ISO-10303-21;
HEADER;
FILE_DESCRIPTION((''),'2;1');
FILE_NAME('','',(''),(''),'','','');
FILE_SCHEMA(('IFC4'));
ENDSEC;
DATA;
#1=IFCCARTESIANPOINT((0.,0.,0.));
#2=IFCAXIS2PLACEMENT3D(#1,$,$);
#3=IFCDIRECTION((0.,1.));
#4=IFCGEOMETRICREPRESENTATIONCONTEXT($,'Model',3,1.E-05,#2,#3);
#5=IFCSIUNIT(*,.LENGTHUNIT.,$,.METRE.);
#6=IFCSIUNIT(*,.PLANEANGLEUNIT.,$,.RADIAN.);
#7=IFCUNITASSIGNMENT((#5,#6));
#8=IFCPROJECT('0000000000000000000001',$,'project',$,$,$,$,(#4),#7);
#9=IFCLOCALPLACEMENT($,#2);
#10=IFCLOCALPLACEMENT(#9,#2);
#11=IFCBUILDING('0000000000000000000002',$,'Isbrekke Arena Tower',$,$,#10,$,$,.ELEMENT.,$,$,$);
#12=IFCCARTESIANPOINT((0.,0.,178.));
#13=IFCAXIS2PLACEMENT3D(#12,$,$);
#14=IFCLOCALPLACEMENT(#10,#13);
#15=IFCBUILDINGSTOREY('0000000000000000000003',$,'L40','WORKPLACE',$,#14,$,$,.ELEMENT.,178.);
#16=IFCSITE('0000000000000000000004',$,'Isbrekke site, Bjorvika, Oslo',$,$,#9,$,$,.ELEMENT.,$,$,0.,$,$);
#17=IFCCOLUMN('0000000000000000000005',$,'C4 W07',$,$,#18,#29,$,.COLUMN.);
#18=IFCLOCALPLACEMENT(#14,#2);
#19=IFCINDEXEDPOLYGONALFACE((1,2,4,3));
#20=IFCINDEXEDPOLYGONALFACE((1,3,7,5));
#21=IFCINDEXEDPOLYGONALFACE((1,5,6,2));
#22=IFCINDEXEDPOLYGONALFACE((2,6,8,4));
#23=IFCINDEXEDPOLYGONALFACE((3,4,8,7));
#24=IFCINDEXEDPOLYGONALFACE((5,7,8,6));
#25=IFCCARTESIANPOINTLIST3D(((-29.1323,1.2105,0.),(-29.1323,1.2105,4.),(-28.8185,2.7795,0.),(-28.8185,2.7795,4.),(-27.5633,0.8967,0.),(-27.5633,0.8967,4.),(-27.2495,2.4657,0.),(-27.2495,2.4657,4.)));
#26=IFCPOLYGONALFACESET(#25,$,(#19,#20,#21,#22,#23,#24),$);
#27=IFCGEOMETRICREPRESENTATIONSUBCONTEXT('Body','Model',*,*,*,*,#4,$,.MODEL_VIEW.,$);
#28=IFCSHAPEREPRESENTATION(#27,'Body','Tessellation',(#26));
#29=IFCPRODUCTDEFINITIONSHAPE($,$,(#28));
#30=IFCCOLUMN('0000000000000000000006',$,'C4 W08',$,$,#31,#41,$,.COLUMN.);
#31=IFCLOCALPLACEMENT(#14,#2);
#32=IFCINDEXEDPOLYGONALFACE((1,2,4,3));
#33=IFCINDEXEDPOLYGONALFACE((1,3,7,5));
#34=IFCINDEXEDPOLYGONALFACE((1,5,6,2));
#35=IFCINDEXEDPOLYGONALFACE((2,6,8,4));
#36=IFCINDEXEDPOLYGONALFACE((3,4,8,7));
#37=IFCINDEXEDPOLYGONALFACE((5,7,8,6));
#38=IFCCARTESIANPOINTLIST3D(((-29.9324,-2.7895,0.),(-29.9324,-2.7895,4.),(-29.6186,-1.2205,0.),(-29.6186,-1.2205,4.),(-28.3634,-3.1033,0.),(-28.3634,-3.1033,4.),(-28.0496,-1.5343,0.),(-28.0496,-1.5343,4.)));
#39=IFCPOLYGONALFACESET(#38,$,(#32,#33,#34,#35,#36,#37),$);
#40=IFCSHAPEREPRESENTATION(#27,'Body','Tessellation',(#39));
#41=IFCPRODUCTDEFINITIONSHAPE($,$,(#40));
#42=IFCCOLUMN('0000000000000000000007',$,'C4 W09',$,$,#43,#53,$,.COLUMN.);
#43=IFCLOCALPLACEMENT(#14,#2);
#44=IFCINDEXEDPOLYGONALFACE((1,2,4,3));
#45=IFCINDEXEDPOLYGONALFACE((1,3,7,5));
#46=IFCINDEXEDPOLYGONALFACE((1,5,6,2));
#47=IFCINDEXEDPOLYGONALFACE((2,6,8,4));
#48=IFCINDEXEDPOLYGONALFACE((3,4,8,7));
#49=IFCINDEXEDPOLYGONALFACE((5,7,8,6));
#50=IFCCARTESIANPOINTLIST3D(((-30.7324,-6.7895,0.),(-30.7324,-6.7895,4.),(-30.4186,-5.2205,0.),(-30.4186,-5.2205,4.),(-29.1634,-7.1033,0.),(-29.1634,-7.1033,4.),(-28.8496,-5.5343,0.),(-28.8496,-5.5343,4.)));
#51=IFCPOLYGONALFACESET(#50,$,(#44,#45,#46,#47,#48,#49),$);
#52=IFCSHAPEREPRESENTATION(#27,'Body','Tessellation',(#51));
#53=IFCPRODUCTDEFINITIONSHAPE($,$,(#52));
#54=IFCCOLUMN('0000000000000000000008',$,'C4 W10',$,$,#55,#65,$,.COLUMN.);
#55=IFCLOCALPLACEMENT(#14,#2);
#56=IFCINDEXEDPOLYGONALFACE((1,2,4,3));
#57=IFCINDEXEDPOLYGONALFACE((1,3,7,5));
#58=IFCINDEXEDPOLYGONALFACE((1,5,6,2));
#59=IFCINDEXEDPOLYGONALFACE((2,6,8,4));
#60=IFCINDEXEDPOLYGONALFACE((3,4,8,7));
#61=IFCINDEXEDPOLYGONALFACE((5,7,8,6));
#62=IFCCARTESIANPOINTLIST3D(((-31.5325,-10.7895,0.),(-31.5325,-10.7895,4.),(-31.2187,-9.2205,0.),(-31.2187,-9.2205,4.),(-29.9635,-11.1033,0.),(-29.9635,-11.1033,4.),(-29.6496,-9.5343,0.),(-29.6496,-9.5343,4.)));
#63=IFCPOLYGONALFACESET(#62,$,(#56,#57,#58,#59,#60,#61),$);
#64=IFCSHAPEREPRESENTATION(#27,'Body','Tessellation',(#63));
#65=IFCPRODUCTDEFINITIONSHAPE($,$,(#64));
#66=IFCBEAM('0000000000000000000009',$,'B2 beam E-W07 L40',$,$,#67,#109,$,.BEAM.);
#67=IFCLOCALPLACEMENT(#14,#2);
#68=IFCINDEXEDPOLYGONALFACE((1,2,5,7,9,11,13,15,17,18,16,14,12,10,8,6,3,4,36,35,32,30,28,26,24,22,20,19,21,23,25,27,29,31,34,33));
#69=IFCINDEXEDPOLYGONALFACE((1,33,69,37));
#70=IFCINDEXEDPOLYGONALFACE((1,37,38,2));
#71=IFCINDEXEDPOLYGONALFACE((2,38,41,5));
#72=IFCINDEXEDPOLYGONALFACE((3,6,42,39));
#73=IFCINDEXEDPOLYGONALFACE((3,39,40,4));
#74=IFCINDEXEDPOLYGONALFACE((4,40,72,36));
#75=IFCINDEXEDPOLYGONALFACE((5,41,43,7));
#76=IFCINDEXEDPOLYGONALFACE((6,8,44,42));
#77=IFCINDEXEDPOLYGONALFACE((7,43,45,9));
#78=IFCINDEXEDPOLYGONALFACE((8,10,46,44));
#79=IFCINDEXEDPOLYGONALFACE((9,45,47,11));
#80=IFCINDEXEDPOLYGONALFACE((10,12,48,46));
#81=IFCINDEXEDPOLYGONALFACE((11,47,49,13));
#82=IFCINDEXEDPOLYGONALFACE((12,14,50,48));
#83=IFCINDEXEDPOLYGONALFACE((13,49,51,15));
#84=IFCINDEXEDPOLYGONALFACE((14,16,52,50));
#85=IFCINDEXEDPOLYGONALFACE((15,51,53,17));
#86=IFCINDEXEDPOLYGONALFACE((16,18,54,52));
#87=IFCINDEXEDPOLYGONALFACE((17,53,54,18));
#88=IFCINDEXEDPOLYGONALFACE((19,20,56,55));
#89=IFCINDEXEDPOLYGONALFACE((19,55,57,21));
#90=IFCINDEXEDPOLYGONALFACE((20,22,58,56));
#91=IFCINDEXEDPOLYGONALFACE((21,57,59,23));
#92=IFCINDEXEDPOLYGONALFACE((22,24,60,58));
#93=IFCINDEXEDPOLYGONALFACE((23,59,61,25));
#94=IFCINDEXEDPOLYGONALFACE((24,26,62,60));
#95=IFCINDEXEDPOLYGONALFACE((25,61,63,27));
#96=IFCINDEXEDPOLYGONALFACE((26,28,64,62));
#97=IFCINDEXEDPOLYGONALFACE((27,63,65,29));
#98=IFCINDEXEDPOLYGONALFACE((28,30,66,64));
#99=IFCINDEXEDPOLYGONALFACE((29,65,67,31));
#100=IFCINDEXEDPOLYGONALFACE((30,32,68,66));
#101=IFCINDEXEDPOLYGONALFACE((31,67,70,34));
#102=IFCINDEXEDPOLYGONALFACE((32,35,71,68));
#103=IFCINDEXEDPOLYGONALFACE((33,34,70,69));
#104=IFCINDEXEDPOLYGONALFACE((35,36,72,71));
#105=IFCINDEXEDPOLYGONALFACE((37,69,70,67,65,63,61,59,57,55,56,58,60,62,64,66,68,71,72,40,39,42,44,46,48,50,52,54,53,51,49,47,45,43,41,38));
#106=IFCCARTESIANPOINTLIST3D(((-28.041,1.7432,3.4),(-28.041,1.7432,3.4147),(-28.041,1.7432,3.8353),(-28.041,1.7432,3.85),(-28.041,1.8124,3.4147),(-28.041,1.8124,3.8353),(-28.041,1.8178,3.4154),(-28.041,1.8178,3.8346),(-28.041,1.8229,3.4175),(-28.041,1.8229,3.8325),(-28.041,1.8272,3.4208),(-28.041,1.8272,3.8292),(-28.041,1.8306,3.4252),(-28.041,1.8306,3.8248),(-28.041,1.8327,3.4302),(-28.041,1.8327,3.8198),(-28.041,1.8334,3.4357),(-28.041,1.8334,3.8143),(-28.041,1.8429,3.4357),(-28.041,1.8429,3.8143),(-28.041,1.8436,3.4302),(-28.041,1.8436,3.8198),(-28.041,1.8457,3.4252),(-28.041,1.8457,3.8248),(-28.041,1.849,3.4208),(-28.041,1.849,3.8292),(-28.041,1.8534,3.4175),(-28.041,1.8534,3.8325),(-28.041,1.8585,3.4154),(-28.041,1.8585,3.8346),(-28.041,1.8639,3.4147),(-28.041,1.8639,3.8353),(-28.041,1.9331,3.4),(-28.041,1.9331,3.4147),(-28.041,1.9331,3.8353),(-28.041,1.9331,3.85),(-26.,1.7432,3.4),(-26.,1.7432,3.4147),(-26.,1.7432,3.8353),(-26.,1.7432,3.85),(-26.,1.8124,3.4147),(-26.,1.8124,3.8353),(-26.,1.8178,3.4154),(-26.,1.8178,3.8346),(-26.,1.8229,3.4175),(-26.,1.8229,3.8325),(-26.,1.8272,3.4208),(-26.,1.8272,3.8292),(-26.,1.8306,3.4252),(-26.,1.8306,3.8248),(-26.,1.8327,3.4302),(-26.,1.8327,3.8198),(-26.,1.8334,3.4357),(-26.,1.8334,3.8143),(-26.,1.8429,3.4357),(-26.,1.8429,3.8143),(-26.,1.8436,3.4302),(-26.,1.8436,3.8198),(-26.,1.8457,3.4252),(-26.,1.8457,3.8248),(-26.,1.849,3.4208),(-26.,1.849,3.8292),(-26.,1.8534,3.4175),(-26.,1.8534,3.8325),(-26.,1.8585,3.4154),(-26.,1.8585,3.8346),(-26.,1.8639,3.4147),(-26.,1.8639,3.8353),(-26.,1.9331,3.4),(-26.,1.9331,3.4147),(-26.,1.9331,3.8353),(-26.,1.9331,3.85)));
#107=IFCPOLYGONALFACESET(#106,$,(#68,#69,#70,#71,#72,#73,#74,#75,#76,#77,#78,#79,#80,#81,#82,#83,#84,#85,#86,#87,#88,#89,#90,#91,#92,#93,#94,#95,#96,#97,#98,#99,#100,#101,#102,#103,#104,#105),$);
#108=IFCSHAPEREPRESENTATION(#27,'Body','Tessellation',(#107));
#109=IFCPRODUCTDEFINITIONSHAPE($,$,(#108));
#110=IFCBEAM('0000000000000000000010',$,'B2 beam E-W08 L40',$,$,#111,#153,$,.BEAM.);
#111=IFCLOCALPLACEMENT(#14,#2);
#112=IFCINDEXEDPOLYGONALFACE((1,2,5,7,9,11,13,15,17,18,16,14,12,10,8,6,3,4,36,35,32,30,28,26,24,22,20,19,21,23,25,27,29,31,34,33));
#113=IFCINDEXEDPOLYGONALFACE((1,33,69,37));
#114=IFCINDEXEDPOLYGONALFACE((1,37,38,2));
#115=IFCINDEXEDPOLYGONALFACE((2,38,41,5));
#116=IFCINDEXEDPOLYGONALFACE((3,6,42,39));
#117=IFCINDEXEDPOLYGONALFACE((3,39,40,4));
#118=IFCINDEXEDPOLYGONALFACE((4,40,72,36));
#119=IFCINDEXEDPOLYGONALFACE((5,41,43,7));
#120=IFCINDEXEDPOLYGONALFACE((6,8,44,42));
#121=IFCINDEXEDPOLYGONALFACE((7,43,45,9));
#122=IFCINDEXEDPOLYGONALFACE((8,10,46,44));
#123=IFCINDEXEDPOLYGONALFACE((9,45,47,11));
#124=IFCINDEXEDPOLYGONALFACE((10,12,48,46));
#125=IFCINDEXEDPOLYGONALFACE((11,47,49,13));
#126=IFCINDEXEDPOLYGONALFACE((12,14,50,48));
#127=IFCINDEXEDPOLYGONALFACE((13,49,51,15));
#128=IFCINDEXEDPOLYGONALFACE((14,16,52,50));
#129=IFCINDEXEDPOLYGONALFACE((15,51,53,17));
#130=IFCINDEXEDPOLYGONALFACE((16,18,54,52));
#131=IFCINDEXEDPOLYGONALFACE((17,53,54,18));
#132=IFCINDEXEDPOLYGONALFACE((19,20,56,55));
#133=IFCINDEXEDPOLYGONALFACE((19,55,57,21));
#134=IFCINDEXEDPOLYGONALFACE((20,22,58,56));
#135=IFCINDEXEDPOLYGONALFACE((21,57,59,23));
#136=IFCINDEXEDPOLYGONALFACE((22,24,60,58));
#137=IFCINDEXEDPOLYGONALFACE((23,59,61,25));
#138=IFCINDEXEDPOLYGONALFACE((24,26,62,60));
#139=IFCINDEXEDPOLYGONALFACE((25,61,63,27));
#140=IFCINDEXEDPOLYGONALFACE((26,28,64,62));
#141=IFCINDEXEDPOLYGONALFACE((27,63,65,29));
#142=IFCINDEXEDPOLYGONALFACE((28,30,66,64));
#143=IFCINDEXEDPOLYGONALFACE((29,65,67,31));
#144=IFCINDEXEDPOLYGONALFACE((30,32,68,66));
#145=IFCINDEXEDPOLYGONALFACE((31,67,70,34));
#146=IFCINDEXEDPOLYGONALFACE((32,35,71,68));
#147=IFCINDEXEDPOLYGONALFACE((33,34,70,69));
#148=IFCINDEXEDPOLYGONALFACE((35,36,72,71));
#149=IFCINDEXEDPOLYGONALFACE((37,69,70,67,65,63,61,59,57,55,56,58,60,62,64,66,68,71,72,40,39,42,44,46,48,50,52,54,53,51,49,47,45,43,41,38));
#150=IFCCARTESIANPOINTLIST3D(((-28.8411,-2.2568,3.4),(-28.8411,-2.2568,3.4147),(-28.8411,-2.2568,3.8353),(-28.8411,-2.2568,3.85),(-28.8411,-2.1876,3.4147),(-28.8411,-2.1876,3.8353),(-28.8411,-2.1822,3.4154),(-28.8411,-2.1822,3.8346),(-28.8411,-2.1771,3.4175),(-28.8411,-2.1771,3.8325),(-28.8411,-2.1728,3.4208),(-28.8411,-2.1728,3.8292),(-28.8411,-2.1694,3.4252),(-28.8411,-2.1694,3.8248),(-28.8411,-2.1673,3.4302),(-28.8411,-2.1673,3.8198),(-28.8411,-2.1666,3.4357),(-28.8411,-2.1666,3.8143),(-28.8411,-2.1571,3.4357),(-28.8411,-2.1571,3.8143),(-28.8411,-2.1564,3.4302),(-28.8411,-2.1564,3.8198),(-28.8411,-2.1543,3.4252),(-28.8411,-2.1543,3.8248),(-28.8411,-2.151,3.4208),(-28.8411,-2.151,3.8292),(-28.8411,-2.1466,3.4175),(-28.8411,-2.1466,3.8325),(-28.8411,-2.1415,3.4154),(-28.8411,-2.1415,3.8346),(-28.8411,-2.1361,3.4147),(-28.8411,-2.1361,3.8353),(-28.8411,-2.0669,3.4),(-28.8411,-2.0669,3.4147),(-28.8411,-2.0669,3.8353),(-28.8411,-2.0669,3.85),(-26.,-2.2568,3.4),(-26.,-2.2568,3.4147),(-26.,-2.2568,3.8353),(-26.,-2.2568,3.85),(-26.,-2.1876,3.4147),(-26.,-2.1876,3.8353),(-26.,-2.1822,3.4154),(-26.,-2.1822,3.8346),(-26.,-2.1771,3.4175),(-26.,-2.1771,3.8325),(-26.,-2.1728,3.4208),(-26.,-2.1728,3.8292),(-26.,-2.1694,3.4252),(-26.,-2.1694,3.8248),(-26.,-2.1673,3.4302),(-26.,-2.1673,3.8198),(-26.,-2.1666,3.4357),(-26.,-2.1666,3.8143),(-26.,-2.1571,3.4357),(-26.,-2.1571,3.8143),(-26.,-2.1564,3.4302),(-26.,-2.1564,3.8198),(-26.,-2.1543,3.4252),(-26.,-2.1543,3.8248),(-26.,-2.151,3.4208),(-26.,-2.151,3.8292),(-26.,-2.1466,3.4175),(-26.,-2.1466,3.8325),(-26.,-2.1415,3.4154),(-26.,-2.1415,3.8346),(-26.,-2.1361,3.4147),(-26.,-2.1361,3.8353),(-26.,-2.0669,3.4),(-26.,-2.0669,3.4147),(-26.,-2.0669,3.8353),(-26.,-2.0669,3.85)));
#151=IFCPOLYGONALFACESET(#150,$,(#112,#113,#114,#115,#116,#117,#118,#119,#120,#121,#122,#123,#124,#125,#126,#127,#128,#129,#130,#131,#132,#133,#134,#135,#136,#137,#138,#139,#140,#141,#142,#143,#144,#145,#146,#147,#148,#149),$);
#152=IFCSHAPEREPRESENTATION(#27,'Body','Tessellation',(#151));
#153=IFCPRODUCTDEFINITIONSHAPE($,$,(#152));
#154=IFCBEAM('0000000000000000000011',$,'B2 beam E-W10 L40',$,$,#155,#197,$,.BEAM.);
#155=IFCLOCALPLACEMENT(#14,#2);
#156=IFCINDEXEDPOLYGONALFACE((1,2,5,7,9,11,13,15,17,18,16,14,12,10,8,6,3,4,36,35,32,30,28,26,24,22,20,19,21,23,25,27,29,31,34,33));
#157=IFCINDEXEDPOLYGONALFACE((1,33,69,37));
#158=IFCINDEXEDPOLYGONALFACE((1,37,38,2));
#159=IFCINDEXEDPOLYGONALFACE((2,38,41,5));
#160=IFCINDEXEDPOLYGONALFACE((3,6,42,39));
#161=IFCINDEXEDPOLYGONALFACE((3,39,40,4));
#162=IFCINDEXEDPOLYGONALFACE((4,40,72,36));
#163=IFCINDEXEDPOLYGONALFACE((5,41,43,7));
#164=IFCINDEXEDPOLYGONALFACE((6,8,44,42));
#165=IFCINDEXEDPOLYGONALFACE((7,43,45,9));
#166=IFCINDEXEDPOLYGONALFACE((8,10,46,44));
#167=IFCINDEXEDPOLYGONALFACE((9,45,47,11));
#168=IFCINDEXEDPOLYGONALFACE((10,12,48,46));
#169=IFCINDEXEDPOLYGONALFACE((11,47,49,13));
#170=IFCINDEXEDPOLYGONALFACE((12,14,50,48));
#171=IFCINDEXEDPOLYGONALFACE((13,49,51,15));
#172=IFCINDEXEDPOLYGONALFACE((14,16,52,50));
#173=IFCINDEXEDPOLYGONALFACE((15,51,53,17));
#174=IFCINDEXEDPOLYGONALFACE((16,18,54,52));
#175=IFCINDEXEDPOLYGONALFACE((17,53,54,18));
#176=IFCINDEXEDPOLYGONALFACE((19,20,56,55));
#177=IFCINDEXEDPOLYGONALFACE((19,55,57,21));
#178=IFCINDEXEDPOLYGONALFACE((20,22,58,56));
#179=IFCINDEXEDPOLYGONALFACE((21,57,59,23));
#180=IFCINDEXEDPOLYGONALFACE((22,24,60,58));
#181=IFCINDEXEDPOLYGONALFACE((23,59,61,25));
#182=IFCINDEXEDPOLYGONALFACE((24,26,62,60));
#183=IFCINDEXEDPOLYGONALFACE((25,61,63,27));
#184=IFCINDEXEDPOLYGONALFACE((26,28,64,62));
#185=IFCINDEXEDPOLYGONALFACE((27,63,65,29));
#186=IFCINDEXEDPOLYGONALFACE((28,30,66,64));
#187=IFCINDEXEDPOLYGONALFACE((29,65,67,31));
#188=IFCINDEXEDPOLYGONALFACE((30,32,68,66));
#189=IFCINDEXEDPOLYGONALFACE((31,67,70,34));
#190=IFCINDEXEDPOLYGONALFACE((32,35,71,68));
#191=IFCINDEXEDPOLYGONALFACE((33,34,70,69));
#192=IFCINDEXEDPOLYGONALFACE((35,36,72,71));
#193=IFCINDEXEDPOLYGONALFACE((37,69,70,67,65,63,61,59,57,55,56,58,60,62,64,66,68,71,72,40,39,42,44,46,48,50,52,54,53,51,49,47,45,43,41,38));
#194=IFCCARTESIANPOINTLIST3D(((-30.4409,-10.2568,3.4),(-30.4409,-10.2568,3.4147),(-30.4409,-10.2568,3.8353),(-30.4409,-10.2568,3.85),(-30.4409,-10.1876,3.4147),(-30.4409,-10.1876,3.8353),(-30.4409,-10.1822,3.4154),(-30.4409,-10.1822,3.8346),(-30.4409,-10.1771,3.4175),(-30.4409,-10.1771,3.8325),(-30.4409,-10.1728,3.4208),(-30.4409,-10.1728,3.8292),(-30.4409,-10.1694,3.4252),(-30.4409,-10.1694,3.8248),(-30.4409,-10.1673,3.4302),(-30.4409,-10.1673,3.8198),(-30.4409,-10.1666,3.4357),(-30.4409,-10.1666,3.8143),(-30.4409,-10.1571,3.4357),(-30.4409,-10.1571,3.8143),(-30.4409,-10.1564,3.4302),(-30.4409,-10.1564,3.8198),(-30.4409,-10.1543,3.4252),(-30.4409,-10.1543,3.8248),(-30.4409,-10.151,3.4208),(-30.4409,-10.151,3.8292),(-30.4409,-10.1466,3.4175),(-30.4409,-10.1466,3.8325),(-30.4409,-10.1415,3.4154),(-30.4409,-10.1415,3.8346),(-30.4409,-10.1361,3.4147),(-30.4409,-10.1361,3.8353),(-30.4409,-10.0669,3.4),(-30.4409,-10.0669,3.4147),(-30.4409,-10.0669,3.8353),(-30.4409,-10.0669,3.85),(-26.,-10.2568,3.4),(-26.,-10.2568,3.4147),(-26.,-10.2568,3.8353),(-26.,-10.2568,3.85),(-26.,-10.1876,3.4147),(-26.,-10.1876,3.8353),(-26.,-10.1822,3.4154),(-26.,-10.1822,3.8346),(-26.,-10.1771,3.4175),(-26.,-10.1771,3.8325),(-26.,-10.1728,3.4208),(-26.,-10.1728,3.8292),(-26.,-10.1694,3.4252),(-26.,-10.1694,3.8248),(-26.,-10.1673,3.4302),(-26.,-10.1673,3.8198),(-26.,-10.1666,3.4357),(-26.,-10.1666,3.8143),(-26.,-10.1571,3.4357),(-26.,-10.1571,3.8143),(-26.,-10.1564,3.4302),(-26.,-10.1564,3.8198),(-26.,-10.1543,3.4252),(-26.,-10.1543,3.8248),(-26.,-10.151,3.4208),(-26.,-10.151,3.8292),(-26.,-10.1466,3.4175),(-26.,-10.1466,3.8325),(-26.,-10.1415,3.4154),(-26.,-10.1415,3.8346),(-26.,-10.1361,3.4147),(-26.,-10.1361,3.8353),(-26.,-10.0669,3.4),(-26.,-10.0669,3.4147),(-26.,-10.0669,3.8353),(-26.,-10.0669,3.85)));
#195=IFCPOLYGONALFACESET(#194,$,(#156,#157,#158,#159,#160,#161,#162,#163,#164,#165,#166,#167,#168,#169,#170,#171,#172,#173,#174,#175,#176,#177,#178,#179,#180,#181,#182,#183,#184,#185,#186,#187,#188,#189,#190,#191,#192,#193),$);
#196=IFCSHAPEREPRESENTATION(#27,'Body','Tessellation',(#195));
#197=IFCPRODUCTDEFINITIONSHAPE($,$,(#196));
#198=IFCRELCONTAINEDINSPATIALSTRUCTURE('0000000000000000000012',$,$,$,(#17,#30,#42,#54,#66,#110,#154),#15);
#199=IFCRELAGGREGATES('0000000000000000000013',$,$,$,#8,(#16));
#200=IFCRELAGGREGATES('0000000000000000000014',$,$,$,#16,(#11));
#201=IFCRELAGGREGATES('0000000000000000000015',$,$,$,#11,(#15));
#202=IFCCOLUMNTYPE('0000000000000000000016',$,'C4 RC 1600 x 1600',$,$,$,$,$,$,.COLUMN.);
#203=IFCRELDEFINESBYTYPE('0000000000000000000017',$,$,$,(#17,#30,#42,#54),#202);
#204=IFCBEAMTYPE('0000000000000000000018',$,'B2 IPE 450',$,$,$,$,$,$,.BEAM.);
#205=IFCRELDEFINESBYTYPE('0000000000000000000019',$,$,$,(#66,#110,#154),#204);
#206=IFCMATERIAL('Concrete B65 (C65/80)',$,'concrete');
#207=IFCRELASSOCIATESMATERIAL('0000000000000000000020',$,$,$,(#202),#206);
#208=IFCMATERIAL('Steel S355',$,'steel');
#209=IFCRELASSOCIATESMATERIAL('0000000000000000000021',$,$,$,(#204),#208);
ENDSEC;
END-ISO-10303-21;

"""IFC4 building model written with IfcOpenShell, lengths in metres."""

from ifc_helpers import new_model, si_unit, direction, frame, origin, origin_2d, place, context, subcontext, project, spatial, rectangle, i_section, extrude, material, material_profile, profile_set, type_object, element, save


model = new_model("IFC4")

# Units and contexts
model_context = context("Model", 3, precision=1e-05, world=origin(), true_north=direction((0.0, 1.0)))
body_context = subcontext(model_context, "Body", "Model", "MODEL_VIEW")
ifc_project = project(units=[si_unit("LENGTHUNIT", "METRE"), si_unit("PLANEANGLEUNIT", "RADIAN")], contexts=[model_context])

# Site, building, storey
site_placement = place(None, origin())
site = spatial("IfcSite", under=ifc_project, at=site_placement, Name="Isbrekke site, Bjorvika, Oslo", CompositionType="ELEMENT", RefElevation=0.0)
building_placement = place(site_placement, origin())
building = spatial("IfcBuilding", under=site, at=building_placement, Name="Isbrekke Arena Tower", CompositionType="ELEMENT")
storey_placement = place(building_placement, frame((0.0, 0.0, 178.0)))
storey = spatial("IfcBuildingStorey", under=building, at=storey_placement, Name="L40", Description="WORKPLACE", CompositionType="ELEMENT", Elevation=178.0)

# Columns
ifc_material_1 = material(Name="Concrete B65 (C65/80)", Category="concrete")
ifc_material_profile_1 = material_profile(ifc_material_1, rectangle(XDim=1.6001, YDim=1.6001, at=origin_2d()), Name="RC 1600x1600")
ifc_profile_set_1 = profile_set([ifc_material_profile_1], Name="Concrete B65 (C65/80)")
column_type = type_object("IfcColumnType", Name="C4 RC 1600 x 1600", PredefinedType="COLUMN", material=ifc_profile_set_1)
for number, where, z_axis, x_axis, name in (
    (1, (-28.1909, 1.8381, 0.0), (0.0, 0.0, 1.0), (-0.196116, -0.980581, 0.0), "C4 W07"),
    (2, (-28.991, -2.1619, 0.0), (0.0, 0.0, 1.0), (-0.196116, -0.980581, 0.0), "C4 W08"),
    (3, (-29.791, -6.1619, 0.0), (0.0, 0.0, 1.0), (-0.196116, -0.980581, 0.0), "C4 W09"),
    (4, (-30.5911, -10.1619, 0.0), (0.0, 0.0, 1.0), (-0.196116, -0.980581, 0.0), "C4 W10"),
):
    element("IfcColumn", number, at=place(storey_placement, frame(where, z_axis=z_axis, x_axis=x_axis)), inside=storey, type_object=column_type, Name=name, PredefinedType="COLUMN", context=body_context, shape_type="SweptSolid", body=[
        extrude(rectangle(XDim=1.6001, YDim=1.6001, at=origin_2d()), origin(), (0.0, 0.0, 1.0), 4.0),
    ])

# Beams
ifc_material_2 = material(Name="Steel S355", Category="steel")
ifc_material_profile_2 = material_profile(ifc_material_2, i_section(OverallWidth=0.1899, OverallDepth=0.45, WebThickness=0.0095, FlangeThickness=0.0146, FilletRadius=0.021, at=origin_2d()), Name="IPE 450")
ifc_profile_set_2 = profile_set([ifc_material_profile_2], Name="Steel S355")
beam_type_1 = type_object("IfcBeamType", Name="B2 IPE 450", PredefinedType="BEAM", material=ifc_profile_set_2)
beam_1_placement = place(storey_placement, frame((-28.041, 1.8381, 3.625), z_axis=(1.0, 0.0, 0.0), x_axis=(0.0, 1.0, 0.0)))
element("IfcBeam", 5, at=beam_1_placement, inside=storey, type_object=beam_type_1, Name="B2 beam E-W07 L40", PredefinedType="BEAM", context=body_context, shape_type="SweptSolid", body=[
    extrude(i_section(OverallWidth=0.1899, OverallDepth=0.45, WebThickness=0.0095, FlangeThickness=0.0146, FilletRadius=0.021, at=origin_2d()), origin(), (0.0, 0.0, 1.0), 2.041),
])
beam_2_placement = place(storey_placement, frame((-28.8411, -2.1619, 3.625), z_axis=(1.0, 0.0, 0.0), x_axis=(0.0, 1.0, 0.0)))
element("IfcBeam", 6, at=beam_2_placement, inside=storey, type_object=beam_type_1, Name="B2 beam E-W08 L40", PredefinedType="BEAM", context=body_context, shape_type="SweptSolid", body=[
    extrude(i_section(OverallWidth=0.1899, OverallDepth=0.45, WebThickness=0.0095, FlangeThickness=0.0146, FilletRadius=0.021, at=origin_2d()), origin(), (0.0, 0.0, 1.0), 2.8411),
])
beam_3_placement = place(storey_placement, frame((-30.4409, -10.1619, 3.625), z_axis=(1.0, 0.0, 0.0), x_axis=(0.0, 1.0, 0.0)))
element("IfcBeam", 7, at=beam_3_placement, inside=storey, type_object=beam_type_1, Name="B2 beam E-W10 L40", PredefinedType="BEAM", context=body_context, shape_type="SweptSolid", body=[
    extrude(i_section(OverallWidth=0.1899, OverallDepth=0.45, WebThickness=0.0095, FlangeThickness=0.0146, FilletRadius=0.021, at=origin_2d()), origin(), (0.0, 0.0, 1.0), 4.4409),
])

save(model, "model.ifc")
